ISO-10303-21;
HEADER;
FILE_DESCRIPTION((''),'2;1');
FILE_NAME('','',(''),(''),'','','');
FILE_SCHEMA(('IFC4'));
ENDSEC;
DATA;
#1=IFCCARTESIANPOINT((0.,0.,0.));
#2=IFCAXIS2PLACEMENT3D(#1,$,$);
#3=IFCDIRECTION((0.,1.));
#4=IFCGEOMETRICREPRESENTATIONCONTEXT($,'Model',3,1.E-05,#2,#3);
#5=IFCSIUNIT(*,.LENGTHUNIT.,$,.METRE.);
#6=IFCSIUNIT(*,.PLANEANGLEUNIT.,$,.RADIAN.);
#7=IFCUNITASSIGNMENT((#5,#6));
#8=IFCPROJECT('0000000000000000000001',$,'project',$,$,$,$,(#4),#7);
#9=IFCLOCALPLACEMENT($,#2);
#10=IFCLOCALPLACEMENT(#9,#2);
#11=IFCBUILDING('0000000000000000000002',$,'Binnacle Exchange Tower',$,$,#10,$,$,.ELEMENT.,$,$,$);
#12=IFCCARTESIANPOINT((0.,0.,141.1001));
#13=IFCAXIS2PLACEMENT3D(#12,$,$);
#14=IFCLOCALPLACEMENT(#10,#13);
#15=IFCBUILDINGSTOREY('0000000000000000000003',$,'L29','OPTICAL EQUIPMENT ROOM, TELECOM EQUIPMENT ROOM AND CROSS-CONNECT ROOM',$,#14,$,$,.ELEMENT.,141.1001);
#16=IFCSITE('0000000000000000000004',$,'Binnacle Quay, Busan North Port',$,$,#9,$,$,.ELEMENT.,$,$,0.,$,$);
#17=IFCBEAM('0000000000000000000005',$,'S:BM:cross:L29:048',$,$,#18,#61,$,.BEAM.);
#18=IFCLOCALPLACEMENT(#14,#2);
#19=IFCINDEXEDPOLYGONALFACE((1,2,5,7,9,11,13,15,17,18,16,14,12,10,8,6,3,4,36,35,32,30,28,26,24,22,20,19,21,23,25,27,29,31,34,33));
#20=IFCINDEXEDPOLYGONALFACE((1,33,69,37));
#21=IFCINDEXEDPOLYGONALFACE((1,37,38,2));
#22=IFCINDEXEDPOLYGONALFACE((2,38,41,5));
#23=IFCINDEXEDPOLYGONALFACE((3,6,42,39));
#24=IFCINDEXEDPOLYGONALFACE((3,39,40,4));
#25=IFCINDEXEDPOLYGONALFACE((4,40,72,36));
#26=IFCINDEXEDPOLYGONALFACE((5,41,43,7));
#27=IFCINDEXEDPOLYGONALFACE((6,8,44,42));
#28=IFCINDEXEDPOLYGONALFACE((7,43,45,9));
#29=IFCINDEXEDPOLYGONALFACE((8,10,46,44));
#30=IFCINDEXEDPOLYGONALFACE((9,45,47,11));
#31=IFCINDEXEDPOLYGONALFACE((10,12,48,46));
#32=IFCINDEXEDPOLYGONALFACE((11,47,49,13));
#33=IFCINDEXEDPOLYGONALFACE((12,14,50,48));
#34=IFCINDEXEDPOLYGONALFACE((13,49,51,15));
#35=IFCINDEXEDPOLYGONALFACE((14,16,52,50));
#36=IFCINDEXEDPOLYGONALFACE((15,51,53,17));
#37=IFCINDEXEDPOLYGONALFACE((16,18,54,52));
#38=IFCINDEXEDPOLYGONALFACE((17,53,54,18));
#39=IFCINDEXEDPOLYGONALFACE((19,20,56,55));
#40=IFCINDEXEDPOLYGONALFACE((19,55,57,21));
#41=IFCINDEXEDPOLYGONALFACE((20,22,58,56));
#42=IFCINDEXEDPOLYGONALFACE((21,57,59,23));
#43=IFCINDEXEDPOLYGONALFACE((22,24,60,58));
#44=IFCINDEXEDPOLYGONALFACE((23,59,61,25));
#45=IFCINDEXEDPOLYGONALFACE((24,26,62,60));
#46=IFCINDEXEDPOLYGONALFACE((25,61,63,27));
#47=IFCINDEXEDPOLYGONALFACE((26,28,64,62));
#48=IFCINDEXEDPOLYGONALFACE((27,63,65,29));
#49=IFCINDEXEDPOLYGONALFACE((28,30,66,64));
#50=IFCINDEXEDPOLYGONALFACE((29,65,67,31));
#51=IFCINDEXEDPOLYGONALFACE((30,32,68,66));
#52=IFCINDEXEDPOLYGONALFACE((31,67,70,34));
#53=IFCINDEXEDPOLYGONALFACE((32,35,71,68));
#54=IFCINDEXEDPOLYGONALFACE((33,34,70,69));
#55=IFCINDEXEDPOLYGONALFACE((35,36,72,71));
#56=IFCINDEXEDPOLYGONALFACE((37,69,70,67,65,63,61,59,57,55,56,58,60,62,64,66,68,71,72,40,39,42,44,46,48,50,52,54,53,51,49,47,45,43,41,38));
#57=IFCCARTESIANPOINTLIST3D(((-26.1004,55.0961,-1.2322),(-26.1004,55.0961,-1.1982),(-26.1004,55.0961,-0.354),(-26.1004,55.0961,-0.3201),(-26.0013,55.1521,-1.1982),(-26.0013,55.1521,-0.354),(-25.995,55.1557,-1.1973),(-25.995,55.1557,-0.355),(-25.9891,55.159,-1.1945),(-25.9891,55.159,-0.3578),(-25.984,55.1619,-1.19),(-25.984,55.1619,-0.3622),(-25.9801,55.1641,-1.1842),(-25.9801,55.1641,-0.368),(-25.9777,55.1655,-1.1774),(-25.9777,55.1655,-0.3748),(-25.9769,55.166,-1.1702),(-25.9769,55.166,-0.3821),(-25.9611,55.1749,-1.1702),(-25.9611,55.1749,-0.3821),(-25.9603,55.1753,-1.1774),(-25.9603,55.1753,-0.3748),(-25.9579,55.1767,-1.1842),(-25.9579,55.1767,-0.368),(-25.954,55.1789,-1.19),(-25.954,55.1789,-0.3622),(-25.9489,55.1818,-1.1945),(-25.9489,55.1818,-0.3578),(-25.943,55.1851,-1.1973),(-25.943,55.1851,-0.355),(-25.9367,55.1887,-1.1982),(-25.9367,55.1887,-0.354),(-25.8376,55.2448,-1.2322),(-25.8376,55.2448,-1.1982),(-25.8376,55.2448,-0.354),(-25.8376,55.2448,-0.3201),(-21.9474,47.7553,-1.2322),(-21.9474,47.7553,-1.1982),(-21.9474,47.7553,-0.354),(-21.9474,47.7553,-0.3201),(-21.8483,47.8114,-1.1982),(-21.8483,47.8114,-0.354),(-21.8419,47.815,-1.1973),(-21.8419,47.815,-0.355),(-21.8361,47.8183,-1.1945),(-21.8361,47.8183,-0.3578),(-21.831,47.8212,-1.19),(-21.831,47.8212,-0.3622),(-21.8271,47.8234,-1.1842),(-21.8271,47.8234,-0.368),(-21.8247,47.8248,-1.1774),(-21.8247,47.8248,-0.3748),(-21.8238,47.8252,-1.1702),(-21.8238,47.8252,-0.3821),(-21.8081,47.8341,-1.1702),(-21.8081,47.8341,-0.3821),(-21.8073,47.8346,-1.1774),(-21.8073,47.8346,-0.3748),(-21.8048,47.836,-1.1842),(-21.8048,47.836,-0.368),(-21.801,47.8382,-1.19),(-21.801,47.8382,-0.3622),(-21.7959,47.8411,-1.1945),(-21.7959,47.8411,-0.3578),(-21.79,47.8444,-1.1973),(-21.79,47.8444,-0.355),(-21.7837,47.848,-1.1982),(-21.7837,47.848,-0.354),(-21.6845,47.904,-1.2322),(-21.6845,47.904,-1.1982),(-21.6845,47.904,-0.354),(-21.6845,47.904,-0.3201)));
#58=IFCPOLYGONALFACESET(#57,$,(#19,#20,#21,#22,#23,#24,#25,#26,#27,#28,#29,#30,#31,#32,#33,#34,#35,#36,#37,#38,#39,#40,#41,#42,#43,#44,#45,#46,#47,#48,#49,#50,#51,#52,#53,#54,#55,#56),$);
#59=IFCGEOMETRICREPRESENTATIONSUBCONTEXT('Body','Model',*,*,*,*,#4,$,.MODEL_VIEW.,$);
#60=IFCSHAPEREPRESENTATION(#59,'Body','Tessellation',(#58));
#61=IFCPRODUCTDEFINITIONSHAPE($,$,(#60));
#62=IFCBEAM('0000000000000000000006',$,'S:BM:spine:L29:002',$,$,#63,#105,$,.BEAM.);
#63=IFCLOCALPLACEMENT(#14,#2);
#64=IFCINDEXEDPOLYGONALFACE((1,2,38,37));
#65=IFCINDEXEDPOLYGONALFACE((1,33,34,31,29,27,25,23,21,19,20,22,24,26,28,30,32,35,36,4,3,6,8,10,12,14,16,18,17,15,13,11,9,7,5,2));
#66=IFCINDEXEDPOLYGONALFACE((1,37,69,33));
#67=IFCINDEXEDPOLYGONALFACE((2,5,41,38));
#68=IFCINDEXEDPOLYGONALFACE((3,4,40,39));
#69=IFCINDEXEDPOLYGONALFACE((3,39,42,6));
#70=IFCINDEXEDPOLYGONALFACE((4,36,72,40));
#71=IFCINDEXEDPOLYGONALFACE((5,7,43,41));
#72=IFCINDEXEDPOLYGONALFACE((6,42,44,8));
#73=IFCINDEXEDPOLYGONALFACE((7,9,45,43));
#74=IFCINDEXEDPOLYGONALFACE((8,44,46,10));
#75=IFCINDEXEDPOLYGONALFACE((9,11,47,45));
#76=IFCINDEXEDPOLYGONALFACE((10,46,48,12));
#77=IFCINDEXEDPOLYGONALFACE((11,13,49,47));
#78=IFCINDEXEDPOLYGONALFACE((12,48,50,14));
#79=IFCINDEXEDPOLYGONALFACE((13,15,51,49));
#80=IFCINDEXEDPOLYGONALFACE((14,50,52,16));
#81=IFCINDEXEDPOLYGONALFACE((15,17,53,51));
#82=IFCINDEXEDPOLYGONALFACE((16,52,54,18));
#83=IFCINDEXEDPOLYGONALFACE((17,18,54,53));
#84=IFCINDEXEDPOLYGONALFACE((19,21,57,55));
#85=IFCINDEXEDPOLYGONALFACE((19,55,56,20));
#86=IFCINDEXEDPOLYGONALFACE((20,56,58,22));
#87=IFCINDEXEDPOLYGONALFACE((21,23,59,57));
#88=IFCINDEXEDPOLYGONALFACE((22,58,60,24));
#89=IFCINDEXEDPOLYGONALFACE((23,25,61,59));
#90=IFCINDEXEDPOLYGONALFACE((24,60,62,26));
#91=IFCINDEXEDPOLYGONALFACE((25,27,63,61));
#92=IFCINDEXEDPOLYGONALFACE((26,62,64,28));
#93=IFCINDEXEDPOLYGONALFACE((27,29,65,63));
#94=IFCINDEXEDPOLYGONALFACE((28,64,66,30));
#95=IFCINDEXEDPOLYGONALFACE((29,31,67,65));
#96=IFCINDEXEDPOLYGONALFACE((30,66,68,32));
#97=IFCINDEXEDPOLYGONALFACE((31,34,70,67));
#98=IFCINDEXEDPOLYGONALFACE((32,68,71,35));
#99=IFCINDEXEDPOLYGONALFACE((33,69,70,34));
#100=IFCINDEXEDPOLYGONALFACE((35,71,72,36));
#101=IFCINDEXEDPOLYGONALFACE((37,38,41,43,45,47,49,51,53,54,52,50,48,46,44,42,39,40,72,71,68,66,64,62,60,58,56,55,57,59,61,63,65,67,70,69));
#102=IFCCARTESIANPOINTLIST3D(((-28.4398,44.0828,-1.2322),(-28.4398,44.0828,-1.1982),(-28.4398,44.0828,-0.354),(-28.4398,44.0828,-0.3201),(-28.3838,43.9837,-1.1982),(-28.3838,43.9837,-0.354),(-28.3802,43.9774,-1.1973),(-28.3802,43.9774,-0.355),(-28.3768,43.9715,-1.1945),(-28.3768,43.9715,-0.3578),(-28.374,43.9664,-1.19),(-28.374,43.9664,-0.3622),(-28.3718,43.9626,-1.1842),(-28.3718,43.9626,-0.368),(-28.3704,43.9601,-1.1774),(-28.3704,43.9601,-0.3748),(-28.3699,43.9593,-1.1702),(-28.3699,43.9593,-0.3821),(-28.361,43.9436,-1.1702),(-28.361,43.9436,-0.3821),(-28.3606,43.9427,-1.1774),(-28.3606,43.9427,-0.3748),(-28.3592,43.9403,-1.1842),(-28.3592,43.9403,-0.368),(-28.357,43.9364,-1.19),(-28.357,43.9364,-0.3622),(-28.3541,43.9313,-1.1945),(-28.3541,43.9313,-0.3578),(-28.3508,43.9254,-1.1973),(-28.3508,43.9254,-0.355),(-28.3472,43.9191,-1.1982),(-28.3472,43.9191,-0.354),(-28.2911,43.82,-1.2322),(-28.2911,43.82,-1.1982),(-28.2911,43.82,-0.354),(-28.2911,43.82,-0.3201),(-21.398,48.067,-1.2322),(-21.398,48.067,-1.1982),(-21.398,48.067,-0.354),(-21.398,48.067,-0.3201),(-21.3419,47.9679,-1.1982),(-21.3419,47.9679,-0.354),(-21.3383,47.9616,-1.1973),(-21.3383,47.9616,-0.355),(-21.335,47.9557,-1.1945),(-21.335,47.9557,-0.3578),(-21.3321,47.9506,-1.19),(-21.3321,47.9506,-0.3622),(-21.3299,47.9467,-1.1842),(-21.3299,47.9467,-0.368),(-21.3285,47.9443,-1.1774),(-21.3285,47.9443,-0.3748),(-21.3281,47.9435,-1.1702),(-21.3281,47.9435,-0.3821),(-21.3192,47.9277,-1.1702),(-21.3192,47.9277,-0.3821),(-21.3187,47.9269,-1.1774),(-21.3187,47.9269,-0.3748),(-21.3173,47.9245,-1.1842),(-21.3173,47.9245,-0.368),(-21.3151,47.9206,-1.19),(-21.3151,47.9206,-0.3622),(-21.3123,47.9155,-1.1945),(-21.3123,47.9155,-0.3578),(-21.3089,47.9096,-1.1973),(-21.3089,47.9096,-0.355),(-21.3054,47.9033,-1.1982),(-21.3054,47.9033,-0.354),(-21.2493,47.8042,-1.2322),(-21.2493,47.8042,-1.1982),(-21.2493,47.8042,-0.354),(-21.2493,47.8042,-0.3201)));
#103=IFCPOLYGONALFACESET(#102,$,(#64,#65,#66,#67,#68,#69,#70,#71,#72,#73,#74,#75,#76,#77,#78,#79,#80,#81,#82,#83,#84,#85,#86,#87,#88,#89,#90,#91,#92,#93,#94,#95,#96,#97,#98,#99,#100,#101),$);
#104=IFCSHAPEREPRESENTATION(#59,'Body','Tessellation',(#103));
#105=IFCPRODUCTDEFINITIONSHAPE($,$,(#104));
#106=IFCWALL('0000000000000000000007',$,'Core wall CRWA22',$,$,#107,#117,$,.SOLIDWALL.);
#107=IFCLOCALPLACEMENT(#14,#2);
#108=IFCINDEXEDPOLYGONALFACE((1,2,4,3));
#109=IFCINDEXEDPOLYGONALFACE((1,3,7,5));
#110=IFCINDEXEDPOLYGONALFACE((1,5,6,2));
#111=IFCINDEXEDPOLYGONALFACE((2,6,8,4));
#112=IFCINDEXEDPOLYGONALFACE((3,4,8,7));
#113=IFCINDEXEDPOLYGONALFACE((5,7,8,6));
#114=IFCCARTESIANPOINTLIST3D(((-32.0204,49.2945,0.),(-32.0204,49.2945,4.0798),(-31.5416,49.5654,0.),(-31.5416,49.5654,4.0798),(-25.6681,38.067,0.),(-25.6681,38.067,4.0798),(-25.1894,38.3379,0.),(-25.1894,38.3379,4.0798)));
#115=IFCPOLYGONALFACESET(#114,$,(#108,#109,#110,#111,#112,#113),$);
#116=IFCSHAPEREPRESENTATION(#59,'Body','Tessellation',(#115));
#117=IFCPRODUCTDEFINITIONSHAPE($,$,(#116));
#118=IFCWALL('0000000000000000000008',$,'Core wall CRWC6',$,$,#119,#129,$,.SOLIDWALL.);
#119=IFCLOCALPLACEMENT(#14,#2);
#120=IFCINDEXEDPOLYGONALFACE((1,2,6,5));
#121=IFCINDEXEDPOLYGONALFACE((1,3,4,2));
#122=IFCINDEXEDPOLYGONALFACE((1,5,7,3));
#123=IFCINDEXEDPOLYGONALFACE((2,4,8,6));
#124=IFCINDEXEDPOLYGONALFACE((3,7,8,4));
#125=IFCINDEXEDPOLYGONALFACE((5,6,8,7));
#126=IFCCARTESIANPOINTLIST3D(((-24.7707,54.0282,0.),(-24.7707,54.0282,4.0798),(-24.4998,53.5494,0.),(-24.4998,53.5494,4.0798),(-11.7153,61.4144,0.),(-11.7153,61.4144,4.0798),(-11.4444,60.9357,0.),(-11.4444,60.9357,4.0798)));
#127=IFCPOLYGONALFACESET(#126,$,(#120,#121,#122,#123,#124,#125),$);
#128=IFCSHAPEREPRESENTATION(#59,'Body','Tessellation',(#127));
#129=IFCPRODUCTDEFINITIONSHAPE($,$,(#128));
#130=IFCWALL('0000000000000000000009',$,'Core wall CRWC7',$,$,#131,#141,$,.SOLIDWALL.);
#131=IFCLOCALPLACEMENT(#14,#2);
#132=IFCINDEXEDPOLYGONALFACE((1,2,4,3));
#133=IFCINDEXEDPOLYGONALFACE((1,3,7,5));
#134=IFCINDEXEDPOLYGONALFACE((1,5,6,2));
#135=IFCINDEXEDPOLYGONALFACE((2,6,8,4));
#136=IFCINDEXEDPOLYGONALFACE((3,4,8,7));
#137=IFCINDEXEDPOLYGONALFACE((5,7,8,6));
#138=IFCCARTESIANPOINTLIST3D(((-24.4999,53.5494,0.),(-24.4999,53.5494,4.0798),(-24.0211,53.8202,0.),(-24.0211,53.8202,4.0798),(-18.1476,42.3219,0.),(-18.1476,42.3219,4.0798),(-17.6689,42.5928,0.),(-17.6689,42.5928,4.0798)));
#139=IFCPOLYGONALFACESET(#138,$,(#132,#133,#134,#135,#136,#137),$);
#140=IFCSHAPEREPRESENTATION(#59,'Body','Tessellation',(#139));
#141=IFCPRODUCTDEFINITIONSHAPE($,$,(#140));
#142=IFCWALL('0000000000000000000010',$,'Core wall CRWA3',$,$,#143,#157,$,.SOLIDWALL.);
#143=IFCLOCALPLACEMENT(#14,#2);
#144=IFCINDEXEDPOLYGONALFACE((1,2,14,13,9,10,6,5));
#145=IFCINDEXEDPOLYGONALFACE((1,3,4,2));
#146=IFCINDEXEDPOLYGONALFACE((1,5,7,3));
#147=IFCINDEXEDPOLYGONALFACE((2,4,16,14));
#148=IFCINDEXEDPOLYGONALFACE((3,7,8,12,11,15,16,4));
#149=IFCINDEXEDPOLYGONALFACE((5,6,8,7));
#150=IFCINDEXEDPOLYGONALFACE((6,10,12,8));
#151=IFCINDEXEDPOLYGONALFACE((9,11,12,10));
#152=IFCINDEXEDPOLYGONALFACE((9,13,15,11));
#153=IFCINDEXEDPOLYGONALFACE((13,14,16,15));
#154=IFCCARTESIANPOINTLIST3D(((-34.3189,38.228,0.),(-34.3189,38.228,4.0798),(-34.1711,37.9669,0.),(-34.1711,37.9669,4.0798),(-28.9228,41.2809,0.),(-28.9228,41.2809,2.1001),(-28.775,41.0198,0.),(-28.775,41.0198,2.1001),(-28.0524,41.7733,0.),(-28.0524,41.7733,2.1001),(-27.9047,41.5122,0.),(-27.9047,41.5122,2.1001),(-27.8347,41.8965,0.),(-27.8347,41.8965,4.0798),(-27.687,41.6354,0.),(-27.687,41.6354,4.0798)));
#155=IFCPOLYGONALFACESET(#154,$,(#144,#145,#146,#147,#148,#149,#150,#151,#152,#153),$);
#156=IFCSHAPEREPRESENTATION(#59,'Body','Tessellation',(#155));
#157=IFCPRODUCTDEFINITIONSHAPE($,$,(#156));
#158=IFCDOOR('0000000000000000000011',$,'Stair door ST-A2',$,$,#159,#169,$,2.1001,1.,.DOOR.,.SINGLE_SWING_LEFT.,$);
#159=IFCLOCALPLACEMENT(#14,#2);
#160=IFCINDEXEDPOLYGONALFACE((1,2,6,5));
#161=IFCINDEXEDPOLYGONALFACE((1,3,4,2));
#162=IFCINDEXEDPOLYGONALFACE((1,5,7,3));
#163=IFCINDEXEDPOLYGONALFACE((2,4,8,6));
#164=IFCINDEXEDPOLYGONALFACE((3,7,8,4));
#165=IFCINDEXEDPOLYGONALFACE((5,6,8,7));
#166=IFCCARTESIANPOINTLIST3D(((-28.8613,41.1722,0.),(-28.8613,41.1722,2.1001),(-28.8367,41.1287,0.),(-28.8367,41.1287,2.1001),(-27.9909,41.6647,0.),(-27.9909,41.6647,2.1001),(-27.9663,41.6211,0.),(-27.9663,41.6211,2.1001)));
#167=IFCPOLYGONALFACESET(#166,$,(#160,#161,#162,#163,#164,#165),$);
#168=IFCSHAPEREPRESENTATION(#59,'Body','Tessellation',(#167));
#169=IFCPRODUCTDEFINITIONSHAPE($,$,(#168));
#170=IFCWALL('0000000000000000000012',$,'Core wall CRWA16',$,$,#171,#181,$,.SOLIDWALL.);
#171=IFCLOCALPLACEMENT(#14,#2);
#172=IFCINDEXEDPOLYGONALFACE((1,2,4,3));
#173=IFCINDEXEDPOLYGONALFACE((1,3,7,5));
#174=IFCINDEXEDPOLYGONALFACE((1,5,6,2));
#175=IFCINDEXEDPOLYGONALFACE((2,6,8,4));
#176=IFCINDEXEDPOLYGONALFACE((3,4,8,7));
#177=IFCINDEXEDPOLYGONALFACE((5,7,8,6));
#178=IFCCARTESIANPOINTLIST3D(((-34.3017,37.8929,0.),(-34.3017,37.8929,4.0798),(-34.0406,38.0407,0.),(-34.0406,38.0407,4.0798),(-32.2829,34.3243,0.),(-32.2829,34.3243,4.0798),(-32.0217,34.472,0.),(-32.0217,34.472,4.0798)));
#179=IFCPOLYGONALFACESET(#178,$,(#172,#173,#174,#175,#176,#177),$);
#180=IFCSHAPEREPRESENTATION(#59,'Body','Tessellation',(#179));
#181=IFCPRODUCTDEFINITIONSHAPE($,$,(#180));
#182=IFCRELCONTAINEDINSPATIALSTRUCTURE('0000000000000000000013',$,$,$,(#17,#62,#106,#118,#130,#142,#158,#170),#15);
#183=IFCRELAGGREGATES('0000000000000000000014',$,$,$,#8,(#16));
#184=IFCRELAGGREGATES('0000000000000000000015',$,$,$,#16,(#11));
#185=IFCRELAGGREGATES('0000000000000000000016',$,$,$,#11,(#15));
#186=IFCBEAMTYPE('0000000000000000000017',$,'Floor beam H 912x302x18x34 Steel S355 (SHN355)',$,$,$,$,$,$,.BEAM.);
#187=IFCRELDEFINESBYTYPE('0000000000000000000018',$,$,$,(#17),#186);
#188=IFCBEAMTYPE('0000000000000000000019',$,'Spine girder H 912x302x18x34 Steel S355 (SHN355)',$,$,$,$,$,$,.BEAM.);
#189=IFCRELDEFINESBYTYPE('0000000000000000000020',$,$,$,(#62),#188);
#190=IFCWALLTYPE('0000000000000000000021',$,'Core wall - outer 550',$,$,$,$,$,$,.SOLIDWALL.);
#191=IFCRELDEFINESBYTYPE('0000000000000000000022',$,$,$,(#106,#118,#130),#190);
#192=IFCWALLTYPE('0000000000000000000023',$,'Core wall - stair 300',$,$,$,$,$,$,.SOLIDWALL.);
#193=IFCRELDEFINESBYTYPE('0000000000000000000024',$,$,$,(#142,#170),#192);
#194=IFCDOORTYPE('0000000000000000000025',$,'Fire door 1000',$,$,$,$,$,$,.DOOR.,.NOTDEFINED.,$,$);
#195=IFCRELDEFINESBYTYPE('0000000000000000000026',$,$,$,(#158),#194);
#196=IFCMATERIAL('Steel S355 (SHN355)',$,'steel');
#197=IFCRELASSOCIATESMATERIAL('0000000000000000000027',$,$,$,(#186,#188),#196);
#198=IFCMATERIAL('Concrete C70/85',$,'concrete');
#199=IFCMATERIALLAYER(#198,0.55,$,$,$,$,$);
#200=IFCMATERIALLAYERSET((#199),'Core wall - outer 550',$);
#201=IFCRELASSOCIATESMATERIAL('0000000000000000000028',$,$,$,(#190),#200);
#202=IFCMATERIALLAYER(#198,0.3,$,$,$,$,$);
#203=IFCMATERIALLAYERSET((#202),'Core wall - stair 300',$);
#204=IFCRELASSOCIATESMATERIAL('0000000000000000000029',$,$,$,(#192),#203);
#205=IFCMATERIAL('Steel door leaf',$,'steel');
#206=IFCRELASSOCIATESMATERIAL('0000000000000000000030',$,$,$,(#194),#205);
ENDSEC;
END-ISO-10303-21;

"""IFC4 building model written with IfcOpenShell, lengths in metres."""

from ifc_helpers import new_model, si_unit, direction, frame, frame_2d, origin, origin_2d, place, context, subcontext, project, spatial, rectangle, i_section, extrude, material, layer, layer_set, material_profile, profile_set, type_object, element, fill, save


model = new_model("IFC4")

# Units and contexts
model_context = context("Model", 3, precision=1e-05, world=origin(), true_north=direction((0.0, 1.0)))
body_context = subcontext(model_context, "Body", "Model", "MODEL_VIEW")
ifc_project = project(units=[si_unit("LENGTHUNIT", "METRE"), si_unit("PLANEANGLEUNIT", "RADIAN")], contexts=[model_context])

# Site, building, storey
site_placement = place(None, origin())
site = spatial("IfcSite", under=ifc_project, at=site_placement, Name="Binnacle Quay, Busan North Port", CompositionType="ELEMENT", RefElevation=0.0)
building_placement = place(site_placement, origin())
building = spatial("IfcBuilding", under=site, at=building_placement, Name="Binnacle Exchange Tower", CompositionType="ELEMENT")
storey_placement = place(building_placement, frame((0.0, 0.0, 141.1001)))
storey = spatial("IfcBuildingStorey", under=building, at=storey_placement, Name="L29", Description="OPTICAL EQUIPMENT ROOM, TELECOM EQUIPMENT ROOM AND CROSS-CONNECT ROOM", CompositionType="ELEMENT", Elevation=141.1001)

# Shared definitions
ifc_material_1 = material(Name="Concrete C70/85", Category="concrete")

# Beams
ifc_material_2 = material(Name="Steel S355 (SHN355)", Category="steel")
ifc_material_profile_1 = material_profile(ifc_material_2, i_section(OverallWidth=0.302, OverallDepth=0.9121, WebThickness=0.0181, FlangeThickness=0.0339, FilletRadius=0.0281, at=origin_2d()), Name="H 912x302x18x34")
ifc_profile_set_1 = profile_set([ifc_material_profile_1], Name="Steel S355 (SHN355)")
beam_type_1 = type_object("IfcBeamType", Name="Floor beam H 912x302x18x34 Steel S355 (SHN355)", PredefinedType="BEAM", material=ifc_profile_set_1)
beam_1_placement = place(storey_placement, frame((-25.969, 55.1704, -0.7761), z_axis=(0.492409, -0.870364, 0.0), x_axis=(0.870364, 0.492409, 0.0)))
element("IfcBeam", 1, at=beam_1_placement, inside=storey, type_object=beam_type_1, Name="S:BM:cross:L29:048", PredefinedType="BEAM", context=body_context, shape_type="SweptSolid", body=[
    extrude(i_section(OverallWidth=0.302, OverallDepth=0.9121, WebThickness=0.0181, FlangeThickness=0.0339, FilletRadius=0.0281, at=origin_2d()), origin(), (0.0, 0.0, 1.0), 8.4341),
])
ifc_material_profile_2 = material_profile(ifc_material_2, i_section(OverallWidth=0.302, OverallDepth=0.9121, WebThickness=0.0181, FlangeThickness=0.0339, FilletRadius=0.0281, at=origin_2d()), Name="H 912x302x18x34")
ifc_profile_set_2 = profile_set([ifc_material_profile_2], Name="Steel S355 (SHN355)")
beam_type_2 = type_object("IfcBeamType", Name="Spine girder H 912x302x18x34 Steel S355 (SHN355)", PredefinedType="BEAM", material=ifc_profile_set_2)
beam_2_placement = place(storey_placement, frame((-28.3655, 43.9514, -0.7761), z_axis=(0.87035, 0.492433, 0.0), x_axis=(-0.492433, 0.87035, 0.0)))
element("IfcBeam", 2, at=beam_2_placement, inside=storey, type_object=beam_type_2, Name="S:BM:spine:L29:002", PredefinedType="BEAM", context=body_context, shape_type="SweptSolid", body=[
    extrude(i_section(OverallWidth=0.302, OverallDepth=0.9121, WebThickness=0.0181, FlangeThickness=0.0339, FilletRadius=0.0281, at=origin_2d()), origin(), (0.0, 0.0, 1.0), 8.0908),
])

# Walls
ifc_layer_1 = layer(ifc_material_1, 0.55)
ifc_layer_set_1 = layer_set([ifc_layer_1], Name="Core wall - outer 550")
wall_type_1 = type_object("IfcWallType", Name="Core wall - outer 550", PredefinedType="SOLIDWALL", material=ifc_layer_set_1)
wall_1_placement = place(storey_placement, frame((-31.781, 49.4299, 0.0), z_axis=(0.0, 0.0, 1.0), x_axis=(0.492427, -0.870354, 0.0)))
element("IfcWall", 3, at=wall_1_placement, inside=storey, type_object=wall_type_1, Name="Core wall CRWA22", PredefinedType="SOLIDWALL", context=body_context, shape_type="SweptSolid", body=[
    extrude(rectangle(XDim=12.8999, YDim=0.55, at=frame_2d((6.45, 0.0))), origin(), (0.0, 0.0, 1.0), 4.0798),
])
wall_2_placement = place(storey_placement, frame((-24.6353, 53.7888, 0.0), z_axis=(0.0, 0.0, 1.0), x_axis=(0.870361, 0.492415, 0.0)))
element("IfcWall", 4, at=wall_2_placement, inside=storey, type_object=wall_type_1, Name="Core wall CRWC6", PredefinedType="SOLIDWALL", context=body_context, shape_type="SweptSolid", body=[
    extrude(rectangle(XDim=15.0, YDim=0.55, at=frame_2d((7.5, 0.0))), origin(), (0.0, 0.0, 1.0), 4.0798),
])
wall_3_placement = place(storey_placement, frame((-24.2605, 53.6848, 0.0), z_axis=(0.0, 0.0, 1.0), x_axis=(0.492427, -0.870354, 0.0)))
element("IfcWall", 5, at=wall_3_placement, inside=storey, type_object=wall_type_1, Name="Core wall CRWC7", PredefinedType="SOLIDWALL", context=body_context, shape_type="SweptSolid", body=[
    extrude(rectangle(XDim=12.8999, YDim=0.55, at=frame_2d((6.45, 0.0))), origin(), (0.0, 0.0, 1.0), 4.0798),
])

# Wall, opening, door
ifc_layer_2 = layer(ifc_material_1, 0.3)
ifc_layer_set_2 = layer_set([ifc_layer_2], Name="Core wall - stair 300")
wall_type_2 = type_object("IfcWallType", Name="Core wall - stair 300", PredefinedType="SOLIDWALL", material=ifc_layer_set_2)
wall_4_placement = place(storey_placement, frame((-34.2451, 38.0974, 0.0), z_axis=(0.0, 0.0, 1.0), x_axis=(0.870361, 0.492415, 0.0)))
wall_4 = element("IfcWall", 6, at=wall_4_placement, inside=storey, type_object=wall_type_2, Name="Core wall CRWA3", PredefinedType="SOLIDWALL", context=body_context, shape_type="SweptSolid", body=[
    extrude(rectangle(XDim=7.45, YDim=0.3, at=frame_2d((3.7251, 0.0))), origin(), (0.0, 0.0, 1.0), 4.0798),
])
opening_1_placement = place(wall_4_placement, frame((6.2, 0.0, 0.0)))
opening_1 = element("IfcOpeningElement", 7, at=opening_1_placement, cuts=wall_4, PredefinedType="OPENING", context=body_context, shape_type="SweptSolid", body=[
    extrude(rectangle(XDim=1.0, YDim=2.1001, at=frame_2d((0.5, 1.05))), frame((0.0, 0.1599, 0.0), z_axis=(0.0, -1.0, 0.0), x_axis=(1.0, 0.0, 0.0)), (0.0, 0.0, 1.0), 0.3201),
])
ifc_material_3 = material(Name="Steel door leaf", Category="steel")
door_type_1 = type_object("IfcDoorType", Name="Fire door 1000", OperationType="NOTDEFINED", PredefinedType="DOOR", material=ifc_material_3)
door_1_placement = place(opening_1_placement, frame((1.0, 0.0, 0.0), z_axis=(0.0, 0.0, 1.0), x_axis=(-1.0, 0.0, 0.0)))
door_1 = element("IfcDoor", 8, at=door_1_placement, inside=storey, type_object=door_type_1, Name="Stair door ST-A2", OperationType="SINGLE_SWING_LEFT", OverallHeight=2.1001, OverallWidth=1.0, PredefinedType="DOOR", context=body_context, shape_type="SweptSolid", body=[
    extrude(rectangle(XDim=1.0, YDim=2.1001, at=frame_2d((0.5, 1.05))), frame((0.0, 0.0249, 0.0), z_axis=(0.0, -1.0, 0.0), x_axis=(1.0, 0.0, 0.0)), (0.0, 0.0, 1.0), 0.05),
])
fill(opening_1, door_1)

# Wall
wall_5_placement = place(storey_placement, frame((-34.1711, 37.9668, 0.0), z_axis=(0.0, 0.0, 1.0), x_axis=(0.492383, -0.870379, 0.0)))
element("IfcWall", 9, at=wall_5_placement, inside=storey, type_object=wall_type_2, Name="Core wall CRWA16", PredefinedType="SOLIDWALL", context=body_context, shape_type="SweptSolid", body=[
    extrude(rectangle(XDim=4.1001, YDim=0.3, at=frame_2d((2.05, 0.0))), origin(), (0.0, 0.0, 1.0), 4.0798),
])

save(model, "model.ifc")
